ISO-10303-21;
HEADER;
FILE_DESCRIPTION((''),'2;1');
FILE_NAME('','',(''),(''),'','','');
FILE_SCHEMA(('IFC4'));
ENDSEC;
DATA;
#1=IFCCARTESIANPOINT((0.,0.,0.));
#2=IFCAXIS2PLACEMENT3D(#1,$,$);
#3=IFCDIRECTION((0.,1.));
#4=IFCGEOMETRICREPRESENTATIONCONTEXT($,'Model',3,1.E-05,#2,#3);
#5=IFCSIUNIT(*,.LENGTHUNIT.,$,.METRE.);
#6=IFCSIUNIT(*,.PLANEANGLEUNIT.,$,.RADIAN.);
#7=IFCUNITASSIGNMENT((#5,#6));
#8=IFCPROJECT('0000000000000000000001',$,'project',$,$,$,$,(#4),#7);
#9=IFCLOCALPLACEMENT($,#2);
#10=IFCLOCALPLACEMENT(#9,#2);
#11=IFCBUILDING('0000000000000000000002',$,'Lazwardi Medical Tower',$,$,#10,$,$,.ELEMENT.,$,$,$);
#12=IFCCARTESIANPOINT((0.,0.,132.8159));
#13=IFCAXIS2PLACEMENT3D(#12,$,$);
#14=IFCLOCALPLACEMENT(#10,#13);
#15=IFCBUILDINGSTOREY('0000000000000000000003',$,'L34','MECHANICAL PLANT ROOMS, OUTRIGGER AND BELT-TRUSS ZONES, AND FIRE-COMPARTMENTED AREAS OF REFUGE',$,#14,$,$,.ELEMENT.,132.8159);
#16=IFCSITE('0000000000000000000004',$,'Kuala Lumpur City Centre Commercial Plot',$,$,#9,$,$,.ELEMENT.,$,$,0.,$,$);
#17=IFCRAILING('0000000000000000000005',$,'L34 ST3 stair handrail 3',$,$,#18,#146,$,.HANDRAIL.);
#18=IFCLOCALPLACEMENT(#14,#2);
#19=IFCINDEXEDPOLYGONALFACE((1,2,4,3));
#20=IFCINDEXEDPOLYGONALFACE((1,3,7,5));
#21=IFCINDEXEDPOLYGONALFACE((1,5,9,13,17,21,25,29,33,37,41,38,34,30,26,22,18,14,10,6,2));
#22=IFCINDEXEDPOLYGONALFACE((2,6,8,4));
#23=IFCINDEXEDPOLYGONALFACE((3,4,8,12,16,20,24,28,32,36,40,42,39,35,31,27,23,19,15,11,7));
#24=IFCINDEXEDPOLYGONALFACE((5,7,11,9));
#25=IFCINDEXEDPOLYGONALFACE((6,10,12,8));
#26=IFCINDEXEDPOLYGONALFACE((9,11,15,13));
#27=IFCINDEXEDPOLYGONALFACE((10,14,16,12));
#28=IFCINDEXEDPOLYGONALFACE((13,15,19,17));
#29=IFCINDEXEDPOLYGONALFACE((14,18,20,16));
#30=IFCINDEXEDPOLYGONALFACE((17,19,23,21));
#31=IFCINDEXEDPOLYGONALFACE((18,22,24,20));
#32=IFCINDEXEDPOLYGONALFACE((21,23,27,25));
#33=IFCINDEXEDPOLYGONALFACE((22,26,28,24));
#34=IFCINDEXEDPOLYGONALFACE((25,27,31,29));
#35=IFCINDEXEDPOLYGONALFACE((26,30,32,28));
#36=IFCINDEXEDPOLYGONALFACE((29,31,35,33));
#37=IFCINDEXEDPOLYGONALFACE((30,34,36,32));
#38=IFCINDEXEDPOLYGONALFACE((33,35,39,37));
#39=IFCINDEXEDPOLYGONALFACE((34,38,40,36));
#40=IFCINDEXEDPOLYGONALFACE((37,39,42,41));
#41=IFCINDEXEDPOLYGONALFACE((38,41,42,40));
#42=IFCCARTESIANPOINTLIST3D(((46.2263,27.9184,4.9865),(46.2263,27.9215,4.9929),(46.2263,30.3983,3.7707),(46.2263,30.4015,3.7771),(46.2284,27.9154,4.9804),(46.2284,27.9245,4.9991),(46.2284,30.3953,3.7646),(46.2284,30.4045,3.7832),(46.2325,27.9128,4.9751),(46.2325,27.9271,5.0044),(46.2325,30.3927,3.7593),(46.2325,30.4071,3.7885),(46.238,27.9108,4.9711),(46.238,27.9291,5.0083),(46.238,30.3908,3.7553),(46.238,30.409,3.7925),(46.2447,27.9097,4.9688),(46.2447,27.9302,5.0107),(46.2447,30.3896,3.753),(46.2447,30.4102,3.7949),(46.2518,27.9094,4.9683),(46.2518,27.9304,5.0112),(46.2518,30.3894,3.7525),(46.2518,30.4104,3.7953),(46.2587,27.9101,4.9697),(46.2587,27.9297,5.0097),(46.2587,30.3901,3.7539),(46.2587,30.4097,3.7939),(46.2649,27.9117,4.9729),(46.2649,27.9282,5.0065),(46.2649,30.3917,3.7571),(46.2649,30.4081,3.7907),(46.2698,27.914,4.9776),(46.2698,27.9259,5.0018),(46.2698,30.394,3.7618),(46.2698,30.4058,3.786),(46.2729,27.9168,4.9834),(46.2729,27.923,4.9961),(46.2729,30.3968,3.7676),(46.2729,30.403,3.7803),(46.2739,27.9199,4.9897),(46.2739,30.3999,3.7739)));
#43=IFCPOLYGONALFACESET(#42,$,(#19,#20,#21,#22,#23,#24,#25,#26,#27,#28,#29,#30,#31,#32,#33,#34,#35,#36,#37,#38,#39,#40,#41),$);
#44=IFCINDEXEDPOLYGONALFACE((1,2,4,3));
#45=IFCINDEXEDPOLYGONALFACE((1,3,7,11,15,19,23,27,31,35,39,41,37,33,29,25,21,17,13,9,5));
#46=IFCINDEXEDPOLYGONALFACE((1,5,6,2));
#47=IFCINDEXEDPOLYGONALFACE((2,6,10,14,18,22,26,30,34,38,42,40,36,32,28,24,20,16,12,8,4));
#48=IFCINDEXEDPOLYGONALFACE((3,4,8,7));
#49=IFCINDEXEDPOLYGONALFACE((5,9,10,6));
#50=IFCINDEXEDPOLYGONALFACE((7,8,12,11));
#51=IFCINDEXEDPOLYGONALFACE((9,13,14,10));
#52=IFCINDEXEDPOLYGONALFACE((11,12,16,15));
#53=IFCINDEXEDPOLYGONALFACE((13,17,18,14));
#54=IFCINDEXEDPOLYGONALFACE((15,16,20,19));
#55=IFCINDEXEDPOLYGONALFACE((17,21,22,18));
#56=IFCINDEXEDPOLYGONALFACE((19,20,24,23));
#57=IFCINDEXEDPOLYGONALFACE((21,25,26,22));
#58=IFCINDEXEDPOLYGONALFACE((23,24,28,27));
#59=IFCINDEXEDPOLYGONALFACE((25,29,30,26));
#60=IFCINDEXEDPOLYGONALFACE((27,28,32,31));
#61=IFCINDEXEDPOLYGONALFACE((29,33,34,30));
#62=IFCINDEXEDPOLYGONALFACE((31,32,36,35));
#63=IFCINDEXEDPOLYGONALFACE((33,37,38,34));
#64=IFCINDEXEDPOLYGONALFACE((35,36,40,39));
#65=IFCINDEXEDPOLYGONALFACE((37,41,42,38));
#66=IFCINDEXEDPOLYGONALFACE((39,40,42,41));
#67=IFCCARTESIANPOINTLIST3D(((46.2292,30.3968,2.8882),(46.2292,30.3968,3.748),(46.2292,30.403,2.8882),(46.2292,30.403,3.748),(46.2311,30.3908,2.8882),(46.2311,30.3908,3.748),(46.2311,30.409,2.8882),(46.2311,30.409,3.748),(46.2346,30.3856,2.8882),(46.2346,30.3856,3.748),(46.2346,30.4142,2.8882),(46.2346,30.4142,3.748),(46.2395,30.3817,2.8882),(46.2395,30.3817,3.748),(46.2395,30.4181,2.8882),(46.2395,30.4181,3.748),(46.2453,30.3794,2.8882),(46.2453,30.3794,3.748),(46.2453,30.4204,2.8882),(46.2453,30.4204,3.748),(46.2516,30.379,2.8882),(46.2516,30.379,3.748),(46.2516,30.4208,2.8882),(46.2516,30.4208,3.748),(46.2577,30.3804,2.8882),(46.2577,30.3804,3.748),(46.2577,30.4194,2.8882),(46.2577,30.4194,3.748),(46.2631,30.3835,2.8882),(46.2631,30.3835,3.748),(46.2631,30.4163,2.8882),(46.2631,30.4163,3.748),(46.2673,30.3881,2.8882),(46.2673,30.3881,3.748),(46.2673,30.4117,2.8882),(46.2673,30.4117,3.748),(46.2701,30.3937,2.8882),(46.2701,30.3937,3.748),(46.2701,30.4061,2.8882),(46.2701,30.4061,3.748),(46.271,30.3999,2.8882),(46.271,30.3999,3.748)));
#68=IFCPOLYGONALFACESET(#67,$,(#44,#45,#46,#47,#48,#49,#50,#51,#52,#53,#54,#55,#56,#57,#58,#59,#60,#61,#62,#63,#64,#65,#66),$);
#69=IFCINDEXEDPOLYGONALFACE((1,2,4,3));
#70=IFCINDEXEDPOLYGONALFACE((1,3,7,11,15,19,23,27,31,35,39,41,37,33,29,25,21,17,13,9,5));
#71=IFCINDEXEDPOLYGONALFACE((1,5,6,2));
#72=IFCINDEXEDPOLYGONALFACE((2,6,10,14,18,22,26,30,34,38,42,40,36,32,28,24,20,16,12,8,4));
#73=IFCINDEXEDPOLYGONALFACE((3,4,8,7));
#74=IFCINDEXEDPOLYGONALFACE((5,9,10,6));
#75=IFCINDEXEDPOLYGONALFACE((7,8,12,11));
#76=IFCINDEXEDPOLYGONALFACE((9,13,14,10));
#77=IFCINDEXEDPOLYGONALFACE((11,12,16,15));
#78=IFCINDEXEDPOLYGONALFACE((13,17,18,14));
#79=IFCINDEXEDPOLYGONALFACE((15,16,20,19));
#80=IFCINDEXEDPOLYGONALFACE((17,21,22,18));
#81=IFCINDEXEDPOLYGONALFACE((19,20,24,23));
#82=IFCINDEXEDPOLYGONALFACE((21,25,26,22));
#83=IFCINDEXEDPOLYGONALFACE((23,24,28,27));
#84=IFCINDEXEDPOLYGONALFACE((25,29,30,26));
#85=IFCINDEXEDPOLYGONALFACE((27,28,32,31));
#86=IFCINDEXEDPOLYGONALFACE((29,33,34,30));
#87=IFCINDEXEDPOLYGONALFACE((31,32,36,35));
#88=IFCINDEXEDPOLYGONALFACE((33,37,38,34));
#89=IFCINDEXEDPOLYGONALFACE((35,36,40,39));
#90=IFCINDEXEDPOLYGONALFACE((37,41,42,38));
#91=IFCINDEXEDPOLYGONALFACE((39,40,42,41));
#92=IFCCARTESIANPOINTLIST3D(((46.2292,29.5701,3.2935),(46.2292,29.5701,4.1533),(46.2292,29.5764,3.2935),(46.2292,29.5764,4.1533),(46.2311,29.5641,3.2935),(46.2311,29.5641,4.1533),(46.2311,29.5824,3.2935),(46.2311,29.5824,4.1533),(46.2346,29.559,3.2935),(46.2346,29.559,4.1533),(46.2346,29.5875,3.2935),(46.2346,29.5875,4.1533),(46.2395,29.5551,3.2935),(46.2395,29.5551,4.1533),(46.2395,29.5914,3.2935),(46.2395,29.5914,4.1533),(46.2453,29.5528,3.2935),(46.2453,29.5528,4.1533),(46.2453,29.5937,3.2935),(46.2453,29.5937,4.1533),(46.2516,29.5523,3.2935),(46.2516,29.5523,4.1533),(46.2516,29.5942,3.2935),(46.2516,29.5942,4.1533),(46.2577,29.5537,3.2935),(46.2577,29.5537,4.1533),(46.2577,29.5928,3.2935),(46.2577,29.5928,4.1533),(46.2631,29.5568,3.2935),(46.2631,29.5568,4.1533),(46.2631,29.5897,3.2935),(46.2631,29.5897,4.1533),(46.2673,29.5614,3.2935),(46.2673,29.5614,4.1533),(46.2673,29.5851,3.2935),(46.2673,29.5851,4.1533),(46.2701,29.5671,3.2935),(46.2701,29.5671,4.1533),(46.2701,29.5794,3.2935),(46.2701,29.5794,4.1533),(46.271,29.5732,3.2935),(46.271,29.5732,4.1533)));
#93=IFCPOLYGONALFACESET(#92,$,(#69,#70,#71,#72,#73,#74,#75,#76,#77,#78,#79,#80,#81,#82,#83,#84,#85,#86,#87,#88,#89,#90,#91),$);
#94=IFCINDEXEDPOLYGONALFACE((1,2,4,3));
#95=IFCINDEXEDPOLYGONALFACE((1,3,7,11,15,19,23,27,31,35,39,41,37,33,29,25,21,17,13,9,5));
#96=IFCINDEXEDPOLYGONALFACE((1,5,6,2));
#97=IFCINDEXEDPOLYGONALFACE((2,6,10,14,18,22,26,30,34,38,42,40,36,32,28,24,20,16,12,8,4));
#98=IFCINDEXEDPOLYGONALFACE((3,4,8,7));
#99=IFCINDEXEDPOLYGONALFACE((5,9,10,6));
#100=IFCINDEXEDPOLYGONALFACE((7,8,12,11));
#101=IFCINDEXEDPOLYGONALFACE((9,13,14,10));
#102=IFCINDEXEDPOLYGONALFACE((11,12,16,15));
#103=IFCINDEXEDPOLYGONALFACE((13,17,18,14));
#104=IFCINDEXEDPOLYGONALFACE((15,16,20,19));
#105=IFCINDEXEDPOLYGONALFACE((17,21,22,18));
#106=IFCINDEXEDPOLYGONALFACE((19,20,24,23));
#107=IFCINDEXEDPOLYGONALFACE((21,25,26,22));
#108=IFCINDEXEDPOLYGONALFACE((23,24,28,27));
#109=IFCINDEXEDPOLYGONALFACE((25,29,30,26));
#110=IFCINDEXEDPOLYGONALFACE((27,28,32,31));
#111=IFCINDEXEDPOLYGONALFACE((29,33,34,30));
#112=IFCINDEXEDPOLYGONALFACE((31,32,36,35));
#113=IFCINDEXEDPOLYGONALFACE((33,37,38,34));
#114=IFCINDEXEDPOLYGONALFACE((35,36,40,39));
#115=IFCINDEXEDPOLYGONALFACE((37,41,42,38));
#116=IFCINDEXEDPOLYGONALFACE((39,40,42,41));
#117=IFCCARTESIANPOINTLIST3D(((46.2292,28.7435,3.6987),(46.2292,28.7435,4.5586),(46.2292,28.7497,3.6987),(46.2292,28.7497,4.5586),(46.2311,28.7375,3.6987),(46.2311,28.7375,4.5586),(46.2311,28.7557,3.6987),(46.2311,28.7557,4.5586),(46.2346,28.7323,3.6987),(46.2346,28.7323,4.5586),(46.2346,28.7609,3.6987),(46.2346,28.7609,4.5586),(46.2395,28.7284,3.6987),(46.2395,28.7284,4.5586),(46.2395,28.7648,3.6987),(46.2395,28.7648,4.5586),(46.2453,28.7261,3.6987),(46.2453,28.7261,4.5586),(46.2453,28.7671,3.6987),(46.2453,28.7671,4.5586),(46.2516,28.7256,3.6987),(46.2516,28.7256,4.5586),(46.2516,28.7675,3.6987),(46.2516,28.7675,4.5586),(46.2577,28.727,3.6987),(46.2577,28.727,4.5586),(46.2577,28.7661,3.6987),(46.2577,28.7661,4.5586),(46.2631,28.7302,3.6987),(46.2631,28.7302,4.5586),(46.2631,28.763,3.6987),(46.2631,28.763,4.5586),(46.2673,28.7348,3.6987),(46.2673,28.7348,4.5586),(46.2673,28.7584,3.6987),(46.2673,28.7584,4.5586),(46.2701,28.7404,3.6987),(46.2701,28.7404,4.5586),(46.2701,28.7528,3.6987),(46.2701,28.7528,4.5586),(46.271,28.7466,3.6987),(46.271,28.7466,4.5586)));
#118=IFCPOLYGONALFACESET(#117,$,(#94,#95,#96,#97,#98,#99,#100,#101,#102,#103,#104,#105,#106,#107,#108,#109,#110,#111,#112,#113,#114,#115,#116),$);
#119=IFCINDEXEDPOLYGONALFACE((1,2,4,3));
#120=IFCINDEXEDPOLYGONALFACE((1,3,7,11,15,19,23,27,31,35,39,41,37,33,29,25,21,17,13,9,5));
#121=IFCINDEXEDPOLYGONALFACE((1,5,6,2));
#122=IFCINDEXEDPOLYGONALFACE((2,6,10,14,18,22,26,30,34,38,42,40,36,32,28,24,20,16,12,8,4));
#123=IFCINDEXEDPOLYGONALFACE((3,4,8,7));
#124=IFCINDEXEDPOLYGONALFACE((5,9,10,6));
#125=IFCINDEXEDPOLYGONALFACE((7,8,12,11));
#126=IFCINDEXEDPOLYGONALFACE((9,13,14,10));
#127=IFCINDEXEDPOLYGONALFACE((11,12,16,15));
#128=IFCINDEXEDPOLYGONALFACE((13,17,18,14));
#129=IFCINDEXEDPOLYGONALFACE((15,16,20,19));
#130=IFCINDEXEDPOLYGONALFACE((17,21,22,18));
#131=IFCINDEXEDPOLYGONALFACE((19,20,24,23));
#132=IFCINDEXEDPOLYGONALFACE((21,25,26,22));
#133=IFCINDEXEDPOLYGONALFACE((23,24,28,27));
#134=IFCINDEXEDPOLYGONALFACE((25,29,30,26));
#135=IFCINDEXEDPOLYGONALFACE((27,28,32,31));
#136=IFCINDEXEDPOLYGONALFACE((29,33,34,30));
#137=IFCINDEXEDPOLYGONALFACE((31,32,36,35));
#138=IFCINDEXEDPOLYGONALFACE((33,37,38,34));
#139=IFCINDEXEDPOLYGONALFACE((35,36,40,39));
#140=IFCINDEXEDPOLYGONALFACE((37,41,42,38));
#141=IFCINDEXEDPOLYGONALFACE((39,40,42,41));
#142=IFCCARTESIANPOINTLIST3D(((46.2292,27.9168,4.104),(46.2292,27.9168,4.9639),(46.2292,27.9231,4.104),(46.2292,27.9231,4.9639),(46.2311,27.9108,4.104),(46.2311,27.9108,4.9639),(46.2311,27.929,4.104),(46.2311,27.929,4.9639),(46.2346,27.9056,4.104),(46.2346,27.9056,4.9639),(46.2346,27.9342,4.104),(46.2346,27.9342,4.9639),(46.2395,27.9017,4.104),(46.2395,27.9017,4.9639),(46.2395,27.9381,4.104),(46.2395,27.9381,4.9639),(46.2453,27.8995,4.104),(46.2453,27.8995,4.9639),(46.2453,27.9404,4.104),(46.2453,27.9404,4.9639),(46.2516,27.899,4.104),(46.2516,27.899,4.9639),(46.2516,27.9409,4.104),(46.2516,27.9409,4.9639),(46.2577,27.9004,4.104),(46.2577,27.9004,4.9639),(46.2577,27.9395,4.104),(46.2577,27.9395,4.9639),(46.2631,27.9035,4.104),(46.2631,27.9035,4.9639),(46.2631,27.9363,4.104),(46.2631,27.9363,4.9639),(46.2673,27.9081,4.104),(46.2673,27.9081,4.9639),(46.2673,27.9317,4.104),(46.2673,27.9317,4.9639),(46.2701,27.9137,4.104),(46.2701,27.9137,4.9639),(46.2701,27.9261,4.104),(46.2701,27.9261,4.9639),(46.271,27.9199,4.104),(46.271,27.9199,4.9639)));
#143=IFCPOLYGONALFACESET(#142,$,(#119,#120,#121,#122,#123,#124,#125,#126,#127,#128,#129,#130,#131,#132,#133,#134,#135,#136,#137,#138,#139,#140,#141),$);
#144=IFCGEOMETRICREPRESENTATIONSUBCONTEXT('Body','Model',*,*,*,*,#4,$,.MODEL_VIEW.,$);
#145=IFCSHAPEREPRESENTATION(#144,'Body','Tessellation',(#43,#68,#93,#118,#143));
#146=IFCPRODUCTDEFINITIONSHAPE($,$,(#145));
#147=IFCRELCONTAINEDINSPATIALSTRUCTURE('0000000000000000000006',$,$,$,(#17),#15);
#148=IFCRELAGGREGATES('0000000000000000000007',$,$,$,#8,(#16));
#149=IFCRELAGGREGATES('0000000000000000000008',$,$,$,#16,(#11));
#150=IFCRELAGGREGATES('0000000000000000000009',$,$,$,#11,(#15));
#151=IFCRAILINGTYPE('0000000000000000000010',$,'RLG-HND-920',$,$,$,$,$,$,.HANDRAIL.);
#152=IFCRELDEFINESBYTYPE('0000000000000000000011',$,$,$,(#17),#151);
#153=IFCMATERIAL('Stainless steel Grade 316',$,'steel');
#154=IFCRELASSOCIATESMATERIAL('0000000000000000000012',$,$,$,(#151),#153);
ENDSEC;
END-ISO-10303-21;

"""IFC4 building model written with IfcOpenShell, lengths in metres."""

from ifc_helpers import new_model, si_unit, direction, frame, origin, origin_2d, place, context, subcontext, project, spatial, circle, extrude, material, type_object, element, save


model = new_model("IFC4")

# Units and contexts
model_context = context("Model", 3, precision=1e-05, world=origin(), true_north=direction((0.0, 1.0)))
body_context = subcontext(model_context, "Body", "Model", "MODEL_VIEW")
ifc_project = project(units=[si_unit("LENGTHUNIT", "METRE"), si_unit("PLANEANGLEUNIT", "RADIAN")], contexts=[model_context])

# Site, building, storey
site_placement = place(None, origin())
site = spatial("IfcSite", under=ifc_project, at=site_placement, Name="Kuala Lumpur City Centre Commercial Plot", CompositionType="ELEMENT", RefElevation=0.0)
building_placement = place(site_placement, origin())
building = spatial("IfcBuilding", under=site, at=building_placement, Name="Lazwardi Medical Tower", CompositionType="ELEMENT")
storey_placement = place(building_placement, frame((0.0, 0.0, 132.8159)))
storey = spatial("IfcBuildingStorey", under=building, at=storey_placement, Name="L34", Description="MECHANICAL PLANT ROOMS, OUTRIGGER AND BELT-TRUSS ZONES, AND FIRE-COMPARTMENTED AREAS OF REFUGE", CompositionType="ELEMENT", Elevation=132.8159)

# Railing
ifc_material_1 = material(Name="Stainless steel Grade 316", Category="steel")
railing_type_1 = type_object("IfcRailingType", Name="RLG-HND-920", PredefinedType="HANDRAIL", material=ifc_material_1)
railing_1_placement = place(storey_placement, frame((46.25, 30.3999, 2.8882)))
element("IfcRailing", 1, at=railing_1_placement, inside=storey, type_object=railing_type_1, Name="L34 ST3 stair handrail 3", PredefinedType="HANDRAIL", context=body_context, shape_type="SweptSolid", body=[
    extrude(circle(Radius=0.0239, at=origin_2d()), frame((0.0, 0.0, 0.8857), z_axis=(0.0, -0.8979, 0.440199), x_axis=(1.0, 0.0, 0.0)), (0.0, 0.0, 1.0), 2.762),
    extrude(circle(Radius=0.021, at=origin_2d()), origin(), (0.0, 0.0, 1.0), 0.8599),
    extrude(circle(Radius=0.021, at=origin_2d()), frame((0.0, -0.8267, 0.4053)), (0.0, 0.0, 1.0), 0.8599),
    extrude(circle(Radius=0.021, at=origin_2d()), frame((0.0, -1.6533, 0.8105)), (0.0, 0.0, 1.0), 0.8599),
    extrude(circle(Radius=0.021, at=origin_2d()), frame((0.0, -2.48, 1.2158)), (0.0, 0.0, 1.0), 0.8599),
])

save(model, "model.ifc")
